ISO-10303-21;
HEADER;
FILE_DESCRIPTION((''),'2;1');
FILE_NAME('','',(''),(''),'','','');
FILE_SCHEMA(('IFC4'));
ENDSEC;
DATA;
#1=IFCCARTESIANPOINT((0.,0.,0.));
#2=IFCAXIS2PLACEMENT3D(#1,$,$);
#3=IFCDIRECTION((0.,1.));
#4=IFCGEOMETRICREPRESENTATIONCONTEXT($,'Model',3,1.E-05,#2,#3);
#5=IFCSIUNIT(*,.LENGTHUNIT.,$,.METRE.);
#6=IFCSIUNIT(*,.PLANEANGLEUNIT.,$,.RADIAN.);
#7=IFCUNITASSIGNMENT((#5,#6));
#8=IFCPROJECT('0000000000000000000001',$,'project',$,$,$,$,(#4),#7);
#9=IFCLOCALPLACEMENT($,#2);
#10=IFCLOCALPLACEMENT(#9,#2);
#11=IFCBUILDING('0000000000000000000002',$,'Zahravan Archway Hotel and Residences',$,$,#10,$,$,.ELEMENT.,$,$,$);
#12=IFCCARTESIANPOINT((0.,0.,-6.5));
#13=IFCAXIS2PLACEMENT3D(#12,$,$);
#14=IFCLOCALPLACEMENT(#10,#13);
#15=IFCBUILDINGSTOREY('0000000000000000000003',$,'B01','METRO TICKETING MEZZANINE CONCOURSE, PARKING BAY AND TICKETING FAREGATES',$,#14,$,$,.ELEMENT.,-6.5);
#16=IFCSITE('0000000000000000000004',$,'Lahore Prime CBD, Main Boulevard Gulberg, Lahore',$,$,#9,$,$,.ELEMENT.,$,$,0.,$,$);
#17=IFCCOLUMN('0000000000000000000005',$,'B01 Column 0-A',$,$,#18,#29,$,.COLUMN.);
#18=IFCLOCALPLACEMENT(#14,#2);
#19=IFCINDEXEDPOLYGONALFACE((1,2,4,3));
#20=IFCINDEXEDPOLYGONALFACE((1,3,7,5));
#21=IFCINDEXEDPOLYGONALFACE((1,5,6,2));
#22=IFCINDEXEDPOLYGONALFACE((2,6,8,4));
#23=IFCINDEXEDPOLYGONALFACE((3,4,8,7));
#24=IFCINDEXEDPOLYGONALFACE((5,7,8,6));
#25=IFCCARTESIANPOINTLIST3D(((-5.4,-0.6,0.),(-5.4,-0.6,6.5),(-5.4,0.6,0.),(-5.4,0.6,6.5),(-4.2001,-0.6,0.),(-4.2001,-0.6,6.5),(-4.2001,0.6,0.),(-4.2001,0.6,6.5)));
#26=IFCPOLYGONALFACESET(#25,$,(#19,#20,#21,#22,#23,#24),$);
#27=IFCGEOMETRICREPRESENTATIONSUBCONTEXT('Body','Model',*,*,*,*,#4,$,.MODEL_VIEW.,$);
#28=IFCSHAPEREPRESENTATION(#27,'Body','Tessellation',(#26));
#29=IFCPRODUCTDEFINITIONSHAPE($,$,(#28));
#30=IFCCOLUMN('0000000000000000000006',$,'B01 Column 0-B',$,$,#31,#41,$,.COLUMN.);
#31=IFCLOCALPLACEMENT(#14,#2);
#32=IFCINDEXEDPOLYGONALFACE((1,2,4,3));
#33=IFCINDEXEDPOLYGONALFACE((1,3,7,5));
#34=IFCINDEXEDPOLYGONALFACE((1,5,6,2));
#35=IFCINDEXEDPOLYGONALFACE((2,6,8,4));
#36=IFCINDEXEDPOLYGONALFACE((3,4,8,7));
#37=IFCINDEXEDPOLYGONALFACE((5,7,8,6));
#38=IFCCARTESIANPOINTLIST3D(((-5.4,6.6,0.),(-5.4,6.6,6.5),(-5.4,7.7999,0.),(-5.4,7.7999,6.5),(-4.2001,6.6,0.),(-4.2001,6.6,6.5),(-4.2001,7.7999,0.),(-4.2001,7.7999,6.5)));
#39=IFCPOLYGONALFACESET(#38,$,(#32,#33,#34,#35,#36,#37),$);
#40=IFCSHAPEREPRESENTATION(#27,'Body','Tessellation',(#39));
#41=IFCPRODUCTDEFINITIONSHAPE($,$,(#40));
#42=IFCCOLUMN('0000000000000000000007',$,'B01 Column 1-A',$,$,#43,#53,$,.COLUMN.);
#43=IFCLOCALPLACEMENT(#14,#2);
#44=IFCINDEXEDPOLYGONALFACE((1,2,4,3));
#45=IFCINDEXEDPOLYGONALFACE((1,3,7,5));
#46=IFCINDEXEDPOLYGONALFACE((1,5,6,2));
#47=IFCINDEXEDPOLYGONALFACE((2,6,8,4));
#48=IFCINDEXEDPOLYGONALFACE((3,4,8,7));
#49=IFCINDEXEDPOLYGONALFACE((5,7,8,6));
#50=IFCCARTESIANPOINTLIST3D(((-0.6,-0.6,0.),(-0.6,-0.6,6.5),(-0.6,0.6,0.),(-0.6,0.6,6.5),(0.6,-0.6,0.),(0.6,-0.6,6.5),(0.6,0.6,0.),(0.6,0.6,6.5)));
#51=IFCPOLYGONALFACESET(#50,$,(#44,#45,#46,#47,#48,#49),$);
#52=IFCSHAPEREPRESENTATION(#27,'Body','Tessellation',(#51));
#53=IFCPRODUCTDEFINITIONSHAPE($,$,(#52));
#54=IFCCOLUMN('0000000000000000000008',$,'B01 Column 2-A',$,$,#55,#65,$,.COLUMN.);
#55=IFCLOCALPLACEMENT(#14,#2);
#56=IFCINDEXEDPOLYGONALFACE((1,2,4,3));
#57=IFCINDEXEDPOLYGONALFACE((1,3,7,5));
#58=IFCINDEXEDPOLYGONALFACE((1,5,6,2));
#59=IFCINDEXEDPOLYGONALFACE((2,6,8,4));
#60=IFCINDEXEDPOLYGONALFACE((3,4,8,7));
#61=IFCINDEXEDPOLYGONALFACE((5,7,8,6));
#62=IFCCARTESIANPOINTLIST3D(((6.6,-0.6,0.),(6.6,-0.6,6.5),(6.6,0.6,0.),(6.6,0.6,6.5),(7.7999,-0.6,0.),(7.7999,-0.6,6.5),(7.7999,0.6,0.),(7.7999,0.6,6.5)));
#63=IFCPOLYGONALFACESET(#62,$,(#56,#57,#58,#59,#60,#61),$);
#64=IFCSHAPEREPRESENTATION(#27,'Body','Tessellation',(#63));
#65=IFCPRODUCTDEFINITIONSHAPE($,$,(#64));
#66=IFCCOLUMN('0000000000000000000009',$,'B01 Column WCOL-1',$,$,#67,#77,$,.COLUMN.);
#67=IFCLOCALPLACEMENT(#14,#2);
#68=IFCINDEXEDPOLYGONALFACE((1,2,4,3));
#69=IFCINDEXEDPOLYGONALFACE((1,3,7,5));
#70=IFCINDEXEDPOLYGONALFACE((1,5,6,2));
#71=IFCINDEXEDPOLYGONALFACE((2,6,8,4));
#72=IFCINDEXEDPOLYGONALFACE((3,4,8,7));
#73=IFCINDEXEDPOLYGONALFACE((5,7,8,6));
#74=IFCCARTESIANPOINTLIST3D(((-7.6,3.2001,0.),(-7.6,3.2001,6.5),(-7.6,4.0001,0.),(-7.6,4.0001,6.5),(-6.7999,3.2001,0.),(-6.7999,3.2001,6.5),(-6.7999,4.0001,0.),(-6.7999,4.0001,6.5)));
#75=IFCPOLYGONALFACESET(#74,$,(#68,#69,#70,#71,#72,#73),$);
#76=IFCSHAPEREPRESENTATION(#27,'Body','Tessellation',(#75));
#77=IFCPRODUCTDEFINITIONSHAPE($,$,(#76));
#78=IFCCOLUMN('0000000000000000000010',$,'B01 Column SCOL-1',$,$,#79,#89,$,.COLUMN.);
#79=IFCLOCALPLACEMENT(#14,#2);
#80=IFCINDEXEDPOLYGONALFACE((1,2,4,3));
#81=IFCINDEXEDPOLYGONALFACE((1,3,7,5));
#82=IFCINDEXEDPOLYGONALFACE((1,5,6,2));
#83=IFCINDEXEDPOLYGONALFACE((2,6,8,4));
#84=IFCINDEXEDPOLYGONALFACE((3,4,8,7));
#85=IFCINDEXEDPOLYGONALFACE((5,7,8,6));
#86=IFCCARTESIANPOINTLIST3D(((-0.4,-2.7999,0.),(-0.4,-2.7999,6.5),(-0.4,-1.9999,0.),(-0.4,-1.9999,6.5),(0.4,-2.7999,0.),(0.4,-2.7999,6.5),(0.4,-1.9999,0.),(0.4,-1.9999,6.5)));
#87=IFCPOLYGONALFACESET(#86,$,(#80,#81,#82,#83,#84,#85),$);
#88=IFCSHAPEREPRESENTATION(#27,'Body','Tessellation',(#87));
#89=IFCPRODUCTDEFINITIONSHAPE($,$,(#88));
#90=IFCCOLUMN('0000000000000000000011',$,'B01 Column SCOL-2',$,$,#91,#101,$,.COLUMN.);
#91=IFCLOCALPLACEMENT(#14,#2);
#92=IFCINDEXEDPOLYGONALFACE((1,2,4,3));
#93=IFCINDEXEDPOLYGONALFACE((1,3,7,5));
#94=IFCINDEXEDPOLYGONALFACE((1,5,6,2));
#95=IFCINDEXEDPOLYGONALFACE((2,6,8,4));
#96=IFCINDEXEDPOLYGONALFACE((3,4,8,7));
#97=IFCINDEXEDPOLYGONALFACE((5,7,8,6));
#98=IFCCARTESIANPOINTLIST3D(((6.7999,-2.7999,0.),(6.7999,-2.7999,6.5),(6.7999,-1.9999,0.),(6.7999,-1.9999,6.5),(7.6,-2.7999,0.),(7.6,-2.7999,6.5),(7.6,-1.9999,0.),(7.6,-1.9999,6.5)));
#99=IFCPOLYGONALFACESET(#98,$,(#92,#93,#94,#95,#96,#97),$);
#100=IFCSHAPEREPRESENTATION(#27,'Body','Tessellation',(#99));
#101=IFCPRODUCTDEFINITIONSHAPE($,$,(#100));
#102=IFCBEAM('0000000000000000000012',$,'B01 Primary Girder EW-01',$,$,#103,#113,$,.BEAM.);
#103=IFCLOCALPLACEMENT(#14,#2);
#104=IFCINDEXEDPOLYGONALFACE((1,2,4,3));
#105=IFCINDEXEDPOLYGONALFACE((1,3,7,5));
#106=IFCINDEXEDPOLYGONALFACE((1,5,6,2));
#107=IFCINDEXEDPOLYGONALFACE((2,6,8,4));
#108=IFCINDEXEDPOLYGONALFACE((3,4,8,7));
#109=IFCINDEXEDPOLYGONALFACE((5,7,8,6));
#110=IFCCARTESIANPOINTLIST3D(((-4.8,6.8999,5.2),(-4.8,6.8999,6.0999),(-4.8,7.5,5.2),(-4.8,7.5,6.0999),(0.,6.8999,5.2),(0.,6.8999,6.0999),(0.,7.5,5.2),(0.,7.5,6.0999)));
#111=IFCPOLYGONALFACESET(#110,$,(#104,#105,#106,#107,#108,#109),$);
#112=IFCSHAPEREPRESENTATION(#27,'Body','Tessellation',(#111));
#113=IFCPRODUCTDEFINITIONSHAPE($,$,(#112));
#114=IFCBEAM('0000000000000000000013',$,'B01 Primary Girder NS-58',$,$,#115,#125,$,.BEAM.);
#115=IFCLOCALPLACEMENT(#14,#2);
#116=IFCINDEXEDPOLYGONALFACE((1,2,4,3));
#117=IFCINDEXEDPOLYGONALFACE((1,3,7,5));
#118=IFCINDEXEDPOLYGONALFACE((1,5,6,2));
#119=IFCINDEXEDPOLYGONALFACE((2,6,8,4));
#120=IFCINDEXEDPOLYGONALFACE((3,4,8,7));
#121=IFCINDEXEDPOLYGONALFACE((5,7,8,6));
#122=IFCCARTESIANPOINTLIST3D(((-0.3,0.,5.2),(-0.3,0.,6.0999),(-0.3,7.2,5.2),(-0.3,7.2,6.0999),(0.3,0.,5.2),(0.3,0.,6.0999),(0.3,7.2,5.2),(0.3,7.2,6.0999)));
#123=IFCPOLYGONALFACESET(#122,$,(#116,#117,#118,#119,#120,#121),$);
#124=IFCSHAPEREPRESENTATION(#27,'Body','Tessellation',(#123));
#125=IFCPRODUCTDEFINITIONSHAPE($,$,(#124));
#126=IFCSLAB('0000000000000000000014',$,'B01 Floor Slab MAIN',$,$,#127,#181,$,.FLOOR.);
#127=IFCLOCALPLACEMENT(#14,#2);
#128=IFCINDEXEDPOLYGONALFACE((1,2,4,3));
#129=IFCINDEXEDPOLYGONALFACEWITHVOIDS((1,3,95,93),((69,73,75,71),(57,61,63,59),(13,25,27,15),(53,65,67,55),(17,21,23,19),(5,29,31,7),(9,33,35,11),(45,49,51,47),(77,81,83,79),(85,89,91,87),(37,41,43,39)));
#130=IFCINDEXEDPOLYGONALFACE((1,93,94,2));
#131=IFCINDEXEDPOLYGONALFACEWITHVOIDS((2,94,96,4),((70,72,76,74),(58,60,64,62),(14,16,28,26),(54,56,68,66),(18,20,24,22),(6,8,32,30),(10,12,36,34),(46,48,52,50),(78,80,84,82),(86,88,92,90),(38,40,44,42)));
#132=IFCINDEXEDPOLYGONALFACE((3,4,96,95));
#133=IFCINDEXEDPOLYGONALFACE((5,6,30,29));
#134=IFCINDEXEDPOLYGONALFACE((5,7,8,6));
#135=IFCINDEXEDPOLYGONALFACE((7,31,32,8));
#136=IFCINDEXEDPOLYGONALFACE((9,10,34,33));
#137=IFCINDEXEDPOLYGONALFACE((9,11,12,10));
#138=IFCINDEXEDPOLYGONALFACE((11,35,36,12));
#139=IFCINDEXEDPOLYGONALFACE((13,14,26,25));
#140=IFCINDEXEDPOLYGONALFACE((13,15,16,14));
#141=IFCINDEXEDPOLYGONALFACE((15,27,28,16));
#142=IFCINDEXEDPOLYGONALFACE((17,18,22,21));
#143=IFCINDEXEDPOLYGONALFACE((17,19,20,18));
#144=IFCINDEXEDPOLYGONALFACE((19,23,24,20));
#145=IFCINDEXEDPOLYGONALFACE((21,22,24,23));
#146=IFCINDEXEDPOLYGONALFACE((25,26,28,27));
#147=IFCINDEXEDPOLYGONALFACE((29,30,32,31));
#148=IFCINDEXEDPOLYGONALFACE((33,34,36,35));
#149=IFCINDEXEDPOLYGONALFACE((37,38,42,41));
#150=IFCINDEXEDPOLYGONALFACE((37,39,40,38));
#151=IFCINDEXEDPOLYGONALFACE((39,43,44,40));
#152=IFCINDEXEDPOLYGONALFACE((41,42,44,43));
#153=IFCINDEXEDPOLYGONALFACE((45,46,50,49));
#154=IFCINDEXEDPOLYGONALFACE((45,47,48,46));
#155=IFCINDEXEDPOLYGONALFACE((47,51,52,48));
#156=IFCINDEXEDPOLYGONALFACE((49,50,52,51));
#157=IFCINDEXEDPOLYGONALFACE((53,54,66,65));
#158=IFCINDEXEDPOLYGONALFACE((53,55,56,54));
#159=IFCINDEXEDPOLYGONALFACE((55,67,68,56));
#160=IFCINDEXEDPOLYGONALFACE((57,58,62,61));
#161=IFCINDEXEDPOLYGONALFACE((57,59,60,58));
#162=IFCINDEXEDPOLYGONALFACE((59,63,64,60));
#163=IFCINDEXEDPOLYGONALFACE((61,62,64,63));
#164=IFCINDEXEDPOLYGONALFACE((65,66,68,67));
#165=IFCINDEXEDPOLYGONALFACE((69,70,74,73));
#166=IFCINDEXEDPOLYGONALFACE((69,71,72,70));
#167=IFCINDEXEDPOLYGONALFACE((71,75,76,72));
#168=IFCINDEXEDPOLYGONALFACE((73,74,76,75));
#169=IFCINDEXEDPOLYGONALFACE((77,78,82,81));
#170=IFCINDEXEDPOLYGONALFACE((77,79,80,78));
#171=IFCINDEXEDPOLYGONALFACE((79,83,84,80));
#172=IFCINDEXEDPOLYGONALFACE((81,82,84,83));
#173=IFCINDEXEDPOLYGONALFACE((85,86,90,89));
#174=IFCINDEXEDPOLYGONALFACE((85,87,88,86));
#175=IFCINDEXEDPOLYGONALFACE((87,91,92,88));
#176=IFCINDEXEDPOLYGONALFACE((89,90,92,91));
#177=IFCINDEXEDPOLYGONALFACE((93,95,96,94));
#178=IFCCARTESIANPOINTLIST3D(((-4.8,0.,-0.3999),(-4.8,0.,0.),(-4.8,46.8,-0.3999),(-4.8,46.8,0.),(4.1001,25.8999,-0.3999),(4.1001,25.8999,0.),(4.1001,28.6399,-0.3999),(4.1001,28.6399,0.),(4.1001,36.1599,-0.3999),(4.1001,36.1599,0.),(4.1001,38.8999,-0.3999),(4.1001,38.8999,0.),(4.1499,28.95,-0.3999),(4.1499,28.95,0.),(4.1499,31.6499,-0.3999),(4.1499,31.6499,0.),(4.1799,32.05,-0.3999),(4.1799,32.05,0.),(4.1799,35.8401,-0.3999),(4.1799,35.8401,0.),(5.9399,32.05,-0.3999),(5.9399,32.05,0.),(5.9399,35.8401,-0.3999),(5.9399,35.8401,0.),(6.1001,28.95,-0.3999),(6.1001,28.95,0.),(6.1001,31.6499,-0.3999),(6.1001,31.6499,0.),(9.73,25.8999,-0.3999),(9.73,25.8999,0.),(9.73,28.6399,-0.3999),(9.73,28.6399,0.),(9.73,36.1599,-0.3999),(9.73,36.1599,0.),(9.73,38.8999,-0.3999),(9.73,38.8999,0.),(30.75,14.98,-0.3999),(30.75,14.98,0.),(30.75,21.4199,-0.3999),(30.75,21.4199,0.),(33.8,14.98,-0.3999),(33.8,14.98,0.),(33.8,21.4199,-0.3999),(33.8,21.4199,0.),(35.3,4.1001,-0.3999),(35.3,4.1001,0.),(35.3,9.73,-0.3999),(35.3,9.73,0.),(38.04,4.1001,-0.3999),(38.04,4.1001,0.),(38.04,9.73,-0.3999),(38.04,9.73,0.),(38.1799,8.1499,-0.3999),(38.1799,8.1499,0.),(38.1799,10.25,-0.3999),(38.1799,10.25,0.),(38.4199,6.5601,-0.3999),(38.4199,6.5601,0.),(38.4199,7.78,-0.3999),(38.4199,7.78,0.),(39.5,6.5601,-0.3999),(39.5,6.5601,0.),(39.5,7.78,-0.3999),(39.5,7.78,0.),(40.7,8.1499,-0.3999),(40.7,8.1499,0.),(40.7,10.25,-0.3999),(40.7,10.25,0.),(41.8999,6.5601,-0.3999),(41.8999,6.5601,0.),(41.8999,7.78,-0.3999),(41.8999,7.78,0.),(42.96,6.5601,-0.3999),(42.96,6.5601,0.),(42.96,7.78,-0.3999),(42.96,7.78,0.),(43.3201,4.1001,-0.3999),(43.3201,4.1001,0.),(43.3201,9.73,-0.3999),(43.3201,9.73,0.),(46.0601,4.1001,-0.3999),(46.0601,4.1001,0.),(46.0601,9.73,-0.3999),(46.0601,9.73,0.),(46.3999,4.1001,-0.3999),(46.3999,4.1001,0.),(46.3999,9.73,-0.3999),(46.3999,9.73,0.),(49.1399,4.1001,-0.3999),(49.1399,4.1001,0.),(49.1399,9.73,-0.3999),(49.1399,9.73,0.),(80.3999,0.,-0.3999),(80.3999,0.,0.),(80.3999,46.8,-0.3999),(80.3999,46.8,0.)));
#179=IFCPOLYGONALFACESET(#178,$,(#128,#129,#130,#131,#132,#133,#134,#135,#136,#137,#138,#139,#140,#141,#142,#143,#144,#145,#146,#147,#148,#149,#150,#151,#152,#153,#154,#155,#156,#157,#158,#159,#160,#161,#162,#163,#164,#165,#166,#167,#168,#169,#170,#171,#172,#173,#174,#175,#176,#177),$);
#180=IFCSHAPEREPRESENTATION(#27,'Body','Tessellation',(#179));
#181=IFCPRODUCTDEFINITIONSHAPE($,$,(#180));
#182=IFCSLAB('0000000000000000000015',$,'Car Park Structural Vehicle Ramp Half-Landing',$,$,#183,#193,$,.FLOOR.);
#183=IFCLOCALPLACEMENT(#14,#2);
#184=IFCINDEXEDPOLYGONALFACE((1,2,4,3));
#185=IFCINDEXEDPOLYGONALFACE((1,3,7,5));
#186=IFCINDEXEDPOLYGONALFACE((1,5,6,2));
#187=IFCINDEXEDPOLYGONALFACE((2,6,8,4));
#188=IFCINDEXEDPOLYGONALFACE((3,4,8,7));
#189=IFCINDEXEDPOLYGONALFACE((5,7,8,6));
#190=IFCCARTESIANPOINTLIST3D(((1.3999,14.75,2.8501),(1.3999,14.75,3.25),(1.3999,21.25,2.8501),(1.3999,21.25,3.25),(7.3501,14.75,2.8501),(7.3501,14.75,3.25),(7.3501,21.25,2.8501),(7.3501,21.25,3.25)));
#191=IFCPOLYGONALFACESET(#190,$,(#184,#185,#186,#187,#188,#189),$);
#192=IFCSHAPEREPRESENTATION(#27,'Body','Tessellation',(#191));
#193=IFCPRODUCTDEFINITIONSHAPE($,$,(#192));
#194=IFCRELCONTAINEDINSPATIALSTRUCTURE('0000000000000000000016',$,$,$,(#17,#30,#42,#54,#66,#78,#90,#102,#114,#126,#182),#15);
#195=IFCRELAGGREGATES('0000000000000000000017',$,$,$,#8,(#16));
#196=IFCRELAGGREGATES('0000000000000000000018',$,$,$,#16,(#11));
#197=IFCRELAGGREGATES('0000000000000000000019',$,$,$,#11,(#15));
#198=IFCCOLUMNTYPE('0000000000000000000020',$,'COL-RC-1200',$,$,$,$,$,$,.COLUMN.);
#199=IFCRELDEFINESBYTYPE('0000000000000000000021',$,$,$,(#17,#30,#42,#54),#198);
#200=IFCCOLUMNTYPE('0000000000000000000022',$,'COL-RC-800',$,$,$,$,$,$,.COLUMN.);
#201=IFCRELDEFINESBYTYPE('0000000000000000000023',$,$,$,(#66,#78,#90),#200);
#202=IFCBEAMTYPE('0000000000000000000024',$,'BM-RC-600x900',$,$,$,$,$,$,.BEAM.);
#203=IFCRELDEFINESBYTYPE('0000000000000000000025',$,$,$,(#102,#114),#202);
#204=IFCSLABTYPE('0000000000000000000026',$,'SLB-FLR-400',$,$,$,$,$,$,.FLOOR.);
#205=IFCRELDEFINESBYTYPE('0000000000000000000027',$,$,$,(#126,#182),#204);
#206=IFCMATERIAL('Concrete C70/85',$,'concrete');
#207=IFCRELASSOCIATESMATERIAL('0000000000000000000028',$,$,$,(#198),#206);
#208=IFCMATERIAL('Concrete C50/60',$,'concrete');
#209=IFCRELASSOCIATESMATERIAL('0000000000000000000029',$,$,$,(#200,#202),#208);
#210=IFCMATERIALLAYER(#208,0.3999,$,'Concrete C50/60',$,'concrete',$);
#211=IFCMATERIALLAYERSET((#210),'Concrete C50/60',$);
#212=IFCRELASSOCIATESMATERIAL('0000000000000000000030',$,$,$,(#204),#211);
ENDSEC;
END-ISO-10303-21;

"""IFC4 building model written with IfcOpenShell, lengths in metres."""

from ifc_helpers import new_model, si_unit, direction, frame, origin, origin_2d, place, context, subcontext, project, spatial, polyline, rectangle, outline, extrude, source, transform, mapped, material, layer, layer_set, material_profile, profile_set, type_object, type_shapes, element, save


model = new_model("IFC4")

# Units and contexts
model_context = context("Model", 3, precision=1e-05, world=origin(), true_north=direction((0.0, 1.0)))
body_context = subcontext(model_context, "Body", "Model", "MODEL_VIEW")
ifc_project = project(units=[si_unit("LENGTHUNIT", "METRE"), si_unit("PLANEANGLEUNIT", "RADIAN")], contexts=[model_context])

# Site, building, storey
site_placement = place(None, origin())
site = spatial("IfcSite", under=ifc_project, at=site_placement, Name="Lahore Prime CBD, Main Boulevard Gulberg, Lahore", CompositionType="ELEMENT", RefElevation=0.0)
building_placement = place(site_placement, origin())
building = spatial("IfcBuilding", under=site, at=building_placement, Name="Zahravan Archway Hotel and Residences", CompositionType="ELEMENT")
storey_placement = place(building_placement, frame((0.0, 0.0, -6.5)))
storey = spatial("IfcBuildingStorey", under=building, at=storey_placement, Name="B01", Description="METRO TICKETING MEZZANINE CONCOURSE, PARKING BAY AND TICKETING FAREGATES", CompositionType="ELEMENT", Elevation=-6.5)

# Columns
ifc_material_1 = material(Name="Concrete C70/85", Category="concrete")
ifc_material_profile_1 = material_profile(ifc_material_1, rectangle(XDim=1.2, YDim=1.2, at=origin_2d()), Name="RC-COL-1200x1200", Category="concrete")
ifc_profile_set_1 = profile_set([ifc_material_profile_1], Name="Concrete C70/85")
column_type_1 = type_object("IfcColumnType", Name="COL-RC-1200", PredefinedType="COLUMN", material=ifc_profile_set_1)
shared_shape_1 = source(origin(), body_context, "Body", "SweptSolid", [
    extrude(rectangle(XDim=1.2, YDim=1.2, at=origin_2d()), origin(), (0.0, 0.0, 1.0), 6.5),
])
for number, where, z_axis, x_axis, name in (
    (1, (-4.8, 0.0, 0.0), (0.0, 0.0, 1.0), (1.0, 0.0, 0.0), "B01 Column 0-A"),
    (2, (-4.8, 7.2, 0.0), (0.0, 0.0, 1.0), (1.0, 0.0, 0.0), "B01 Column 0-B"),
    (3, (0.0, 0.0, 0.0), (0.0, 0.0, 1.0), (1.0, 0.0, 0.0), "B01 Column 1-A"),
    (4, (7.2, 0.0, 0.0), (0.0, 0.0, 1.0), (1.0, 0.0, 0.0), "B01 Column 2-A"),
):
    element("IfcColumn", number, at=place(storey_placement, frame(where, z_axis=z_axis, x_axis=x_axis)), inside=storey, type_object=column_type_1, Name=name, PredefinedType="COLUMN", context=body_context, shape_type="MappedRepresentation", body=[
        mapped(shared_shape_1, transform((0.0, 0.0, 0.0), scale=1.0)),
    ])
ifc_material_2 = material(Name="Concrete C50/60", Category="concrete")
ifc_material_profile_2 = material_profile(ifc_material_2, rectangle(XDim=0.8, YDim=0.8, at=origin_2d()), Name="RC-COL-800x800", Category="concrete")
ifc_profile_set_2 = profile_set([ifc_material_profile_2], Name="Concrete C50/60")
column_type_2 = type_object("IfcColumnType", Name="COL-RC-800", PredefinedType="COLUMN", material=ifc_profile_set_2)
shared_shape_2 = source(origin(), body_context, "Body", "SweptSolid", [
    extrude(rectangle(XDim=0.8, YDim=0.8, at=origin_2d()), origin(), (0.0, 0.0, 1.0), 6.5),
])
for number, where, z_axis, x_axis, name in (
    (5, (-7.2, 3.6001, 0.0), (0.0, 0.0, 1.0), (1.0, 0.0, 0.0), "B01 Column WCOL-1"),
    (6, (0.0, -2.3999, 0.0), (0.0, 0.0, 1.0), (1.0, 0.0, 0.0), "B01 Column SCOL-1"),
    (7, (7.2, -2.3999, 0.0), (0.0, 0.0, 1.0), (1.0, 0.0, 0.0), "B01 Column SCOL-2"),
):
    element("IfcColumn", number, at=place(storey_placement, frame(where, z_axis=z_axis, x_axis=x_axis)), inside=storey, type_object=column_type_2, Name=name, PredefinedType="COLUMN", context=body_context, shape_type="MappedRepresentation", body=[
        mapped(shared_shape_2, transform((0.0, 0.0, 0.0), scale=1.0)),
    ])

# Beams
ifc_material_profile_3 = material_profile(ifc_material_2, rectangle(XDim=0.6001, YDim=0.8999, at=origin_2d()), Name="RC-BM-600x900", Category="concrete")
ifc_profile_set_3 = profile_set([ifc_material_profile_3], Name="Concrete C50/60")
beam_type = type_object("IfcBeamType", Name="BM-RC-600x900", PredefinedType="BEAM", material=ifc_profile_set_3)
shared_shape_3 = source(origin(), body_context, "Body", "SweptSolid", [
    extrude(rectangle(XDim=0.6001, YDim=0.8999, at=origin_2d()), origin(), (0.0, 0.0, 1.0), 4.8),
])
type_shapes(beam_type, [shared_shape_3])
beam_1_placement = place(storey_placement, frame((-4.8, 7.2, 5.6499), z_axis=(1.0, 0.0, 0.0), x_axis=(0.0, 1.0, 0.0)))
element("IfcBeam", 8, at=beam_1_placement, inside=storey, type_object=beam_type, Name="B01 Primary Girder EW-01", PredefinedType="BEAM", context=body_context, shape_type="MappedRepresentation", body=[
    mapped(shared_shape_3, transform((0.0, 0.0, 0.0), scale=1.0)),
])
shared_shape_4 = source(origin(), body_context, "Body", "SweptSolid", [
    extrude(rectangle(XDim=0.6001, YDim=0.8999, at=origin_2d()), origin(), (0.0, 0.0, 1.0), 7.2),
])
beam_2_placement = place(storey_placement, frame((0.0, 0.0, 5.6499), z_axis=(0.0, 1.0, 0.0), x_axis=(-1.0, 0.0, 0.0)))
element("IfcBeam", 9, at=beam_2_placement, inside=storey, type_object=beam_type, Name="B01 Primary Girder NS-58", PredefinedType="BEAM", context=body_context, shape_type="MappedRepresentation", body=[
    mapped(shared_shape_4, transform((0.0, 0.0, 0.0), scale=1.0)),
])

# Slabs
ifc_layer_1 = layer(ifc_material_2, 0.3999, Name="Concrete C50/60", Category="concrete")
ifc_layer_set_1 = layer_set([ifc_layer_1], Name="Concrete C50/60")
slab_type_1 = type_object("IfcSlabType", Name="SLB-FLR-400", PredefinedType="FLOOR", material=ifc_layer_set_1)
slab_1_placement = place(storey_placement, frame((0.0, 0.0, -0.3999)))
element("IfcSlab", 10, at=slab_1_placement, inside=storey, type_object=slab_type_1, Name="B01 Floor Slab MAIN", PredefinedType="FLOOR", context=body_context, shape_type="SweptSolid", body=[
    extrude(outline(polyline([(-4.8, 0.0), (80.3999, 0.0), (80.3999, 46.8), (-4.8, 46.8), (-4.8, 0.0)]), holes=[polyline([(35.3, 9.73), (35.3, 4.1001), (38.04, 4.1001), (38.04, 9.73), (35.3, 9.73)]), polyline([(43.3201, 9.73), (43.3201, 4.1001), (46.0601, 4.1001), (46.0601, 9.73), (43.3201, 9.73)]), polyline([(46.3999, 9.73), (46.3999, 4.1001), (49.1399, 4.1001), (49.1399, 9.73), (46.3999, 9.73)]), polyline([(9.73, 28.6399), (4.1001, 28.6399), (4.1001, 25.8999), (9.73, 25.8999), (9.73, 28.6399)]), polyline([(9.73, 38.8999), (4.1001, 38.8999), (4.1001, 36.1599), (9.73, 36.1599), (9.73, 38.8999)]), polyline([(38.1799, 8.1499), (40.7, 8.1499), (40.7, 10.25), (38.1799, 10.25), (38.1799, 8.1499)]), polyline([(4.1499, 28.95), (6.1001, 28.95), (6.1001, 31.6499), (4.1499, 31.6499), (4.1499, 28.95)]), polyline([(30.75, 14.98), (33.8, 14.98), (33.8, 21.4199), (30.75, 21.4199), (30.75, 14.98)]), polyline([(38.4199, 6.5601), (39.5, 6.5601), (39.5, 7.78), (38.4199, 7.78), (38.4199, 6.5601)]), polyline([(41.8999, 6.5601), (42.96, 6.5601), (42.96, 7.78), (41.8999, 7.78), (41.8999, 6.5601)]), polyline([(4.1799, 32.05), (5.9399, 32.05), (5.9399, 35.8401), (4.1799, 35.8401), (4.1799, 32.05)])]), origin(), (0.0, 0.0, 1.0), 0.3999),
])
slab_2_placement = place(storey_placement, frame((0.0, 0.0, 2.8501)))
element("IfcSlab", 11, at=slab_2_placement, inside=storey, type_object=slab_type_1, Name="Car Park Structural Vehicle Ramp Half-Landing", PredefinedType="FLOOR", context=body_context, shape_type="SweptSolid", body=[
    extrude(outline(polyline([(1.3999, 14.75), (7.3501, 14.75), (7.3501, 21.25), (1.3999, 21.25), (1.3999, 14.75)])), origin(), (0.0, 0.0, 1.0), 0.3999),
])

save(model, "model.ifc")
